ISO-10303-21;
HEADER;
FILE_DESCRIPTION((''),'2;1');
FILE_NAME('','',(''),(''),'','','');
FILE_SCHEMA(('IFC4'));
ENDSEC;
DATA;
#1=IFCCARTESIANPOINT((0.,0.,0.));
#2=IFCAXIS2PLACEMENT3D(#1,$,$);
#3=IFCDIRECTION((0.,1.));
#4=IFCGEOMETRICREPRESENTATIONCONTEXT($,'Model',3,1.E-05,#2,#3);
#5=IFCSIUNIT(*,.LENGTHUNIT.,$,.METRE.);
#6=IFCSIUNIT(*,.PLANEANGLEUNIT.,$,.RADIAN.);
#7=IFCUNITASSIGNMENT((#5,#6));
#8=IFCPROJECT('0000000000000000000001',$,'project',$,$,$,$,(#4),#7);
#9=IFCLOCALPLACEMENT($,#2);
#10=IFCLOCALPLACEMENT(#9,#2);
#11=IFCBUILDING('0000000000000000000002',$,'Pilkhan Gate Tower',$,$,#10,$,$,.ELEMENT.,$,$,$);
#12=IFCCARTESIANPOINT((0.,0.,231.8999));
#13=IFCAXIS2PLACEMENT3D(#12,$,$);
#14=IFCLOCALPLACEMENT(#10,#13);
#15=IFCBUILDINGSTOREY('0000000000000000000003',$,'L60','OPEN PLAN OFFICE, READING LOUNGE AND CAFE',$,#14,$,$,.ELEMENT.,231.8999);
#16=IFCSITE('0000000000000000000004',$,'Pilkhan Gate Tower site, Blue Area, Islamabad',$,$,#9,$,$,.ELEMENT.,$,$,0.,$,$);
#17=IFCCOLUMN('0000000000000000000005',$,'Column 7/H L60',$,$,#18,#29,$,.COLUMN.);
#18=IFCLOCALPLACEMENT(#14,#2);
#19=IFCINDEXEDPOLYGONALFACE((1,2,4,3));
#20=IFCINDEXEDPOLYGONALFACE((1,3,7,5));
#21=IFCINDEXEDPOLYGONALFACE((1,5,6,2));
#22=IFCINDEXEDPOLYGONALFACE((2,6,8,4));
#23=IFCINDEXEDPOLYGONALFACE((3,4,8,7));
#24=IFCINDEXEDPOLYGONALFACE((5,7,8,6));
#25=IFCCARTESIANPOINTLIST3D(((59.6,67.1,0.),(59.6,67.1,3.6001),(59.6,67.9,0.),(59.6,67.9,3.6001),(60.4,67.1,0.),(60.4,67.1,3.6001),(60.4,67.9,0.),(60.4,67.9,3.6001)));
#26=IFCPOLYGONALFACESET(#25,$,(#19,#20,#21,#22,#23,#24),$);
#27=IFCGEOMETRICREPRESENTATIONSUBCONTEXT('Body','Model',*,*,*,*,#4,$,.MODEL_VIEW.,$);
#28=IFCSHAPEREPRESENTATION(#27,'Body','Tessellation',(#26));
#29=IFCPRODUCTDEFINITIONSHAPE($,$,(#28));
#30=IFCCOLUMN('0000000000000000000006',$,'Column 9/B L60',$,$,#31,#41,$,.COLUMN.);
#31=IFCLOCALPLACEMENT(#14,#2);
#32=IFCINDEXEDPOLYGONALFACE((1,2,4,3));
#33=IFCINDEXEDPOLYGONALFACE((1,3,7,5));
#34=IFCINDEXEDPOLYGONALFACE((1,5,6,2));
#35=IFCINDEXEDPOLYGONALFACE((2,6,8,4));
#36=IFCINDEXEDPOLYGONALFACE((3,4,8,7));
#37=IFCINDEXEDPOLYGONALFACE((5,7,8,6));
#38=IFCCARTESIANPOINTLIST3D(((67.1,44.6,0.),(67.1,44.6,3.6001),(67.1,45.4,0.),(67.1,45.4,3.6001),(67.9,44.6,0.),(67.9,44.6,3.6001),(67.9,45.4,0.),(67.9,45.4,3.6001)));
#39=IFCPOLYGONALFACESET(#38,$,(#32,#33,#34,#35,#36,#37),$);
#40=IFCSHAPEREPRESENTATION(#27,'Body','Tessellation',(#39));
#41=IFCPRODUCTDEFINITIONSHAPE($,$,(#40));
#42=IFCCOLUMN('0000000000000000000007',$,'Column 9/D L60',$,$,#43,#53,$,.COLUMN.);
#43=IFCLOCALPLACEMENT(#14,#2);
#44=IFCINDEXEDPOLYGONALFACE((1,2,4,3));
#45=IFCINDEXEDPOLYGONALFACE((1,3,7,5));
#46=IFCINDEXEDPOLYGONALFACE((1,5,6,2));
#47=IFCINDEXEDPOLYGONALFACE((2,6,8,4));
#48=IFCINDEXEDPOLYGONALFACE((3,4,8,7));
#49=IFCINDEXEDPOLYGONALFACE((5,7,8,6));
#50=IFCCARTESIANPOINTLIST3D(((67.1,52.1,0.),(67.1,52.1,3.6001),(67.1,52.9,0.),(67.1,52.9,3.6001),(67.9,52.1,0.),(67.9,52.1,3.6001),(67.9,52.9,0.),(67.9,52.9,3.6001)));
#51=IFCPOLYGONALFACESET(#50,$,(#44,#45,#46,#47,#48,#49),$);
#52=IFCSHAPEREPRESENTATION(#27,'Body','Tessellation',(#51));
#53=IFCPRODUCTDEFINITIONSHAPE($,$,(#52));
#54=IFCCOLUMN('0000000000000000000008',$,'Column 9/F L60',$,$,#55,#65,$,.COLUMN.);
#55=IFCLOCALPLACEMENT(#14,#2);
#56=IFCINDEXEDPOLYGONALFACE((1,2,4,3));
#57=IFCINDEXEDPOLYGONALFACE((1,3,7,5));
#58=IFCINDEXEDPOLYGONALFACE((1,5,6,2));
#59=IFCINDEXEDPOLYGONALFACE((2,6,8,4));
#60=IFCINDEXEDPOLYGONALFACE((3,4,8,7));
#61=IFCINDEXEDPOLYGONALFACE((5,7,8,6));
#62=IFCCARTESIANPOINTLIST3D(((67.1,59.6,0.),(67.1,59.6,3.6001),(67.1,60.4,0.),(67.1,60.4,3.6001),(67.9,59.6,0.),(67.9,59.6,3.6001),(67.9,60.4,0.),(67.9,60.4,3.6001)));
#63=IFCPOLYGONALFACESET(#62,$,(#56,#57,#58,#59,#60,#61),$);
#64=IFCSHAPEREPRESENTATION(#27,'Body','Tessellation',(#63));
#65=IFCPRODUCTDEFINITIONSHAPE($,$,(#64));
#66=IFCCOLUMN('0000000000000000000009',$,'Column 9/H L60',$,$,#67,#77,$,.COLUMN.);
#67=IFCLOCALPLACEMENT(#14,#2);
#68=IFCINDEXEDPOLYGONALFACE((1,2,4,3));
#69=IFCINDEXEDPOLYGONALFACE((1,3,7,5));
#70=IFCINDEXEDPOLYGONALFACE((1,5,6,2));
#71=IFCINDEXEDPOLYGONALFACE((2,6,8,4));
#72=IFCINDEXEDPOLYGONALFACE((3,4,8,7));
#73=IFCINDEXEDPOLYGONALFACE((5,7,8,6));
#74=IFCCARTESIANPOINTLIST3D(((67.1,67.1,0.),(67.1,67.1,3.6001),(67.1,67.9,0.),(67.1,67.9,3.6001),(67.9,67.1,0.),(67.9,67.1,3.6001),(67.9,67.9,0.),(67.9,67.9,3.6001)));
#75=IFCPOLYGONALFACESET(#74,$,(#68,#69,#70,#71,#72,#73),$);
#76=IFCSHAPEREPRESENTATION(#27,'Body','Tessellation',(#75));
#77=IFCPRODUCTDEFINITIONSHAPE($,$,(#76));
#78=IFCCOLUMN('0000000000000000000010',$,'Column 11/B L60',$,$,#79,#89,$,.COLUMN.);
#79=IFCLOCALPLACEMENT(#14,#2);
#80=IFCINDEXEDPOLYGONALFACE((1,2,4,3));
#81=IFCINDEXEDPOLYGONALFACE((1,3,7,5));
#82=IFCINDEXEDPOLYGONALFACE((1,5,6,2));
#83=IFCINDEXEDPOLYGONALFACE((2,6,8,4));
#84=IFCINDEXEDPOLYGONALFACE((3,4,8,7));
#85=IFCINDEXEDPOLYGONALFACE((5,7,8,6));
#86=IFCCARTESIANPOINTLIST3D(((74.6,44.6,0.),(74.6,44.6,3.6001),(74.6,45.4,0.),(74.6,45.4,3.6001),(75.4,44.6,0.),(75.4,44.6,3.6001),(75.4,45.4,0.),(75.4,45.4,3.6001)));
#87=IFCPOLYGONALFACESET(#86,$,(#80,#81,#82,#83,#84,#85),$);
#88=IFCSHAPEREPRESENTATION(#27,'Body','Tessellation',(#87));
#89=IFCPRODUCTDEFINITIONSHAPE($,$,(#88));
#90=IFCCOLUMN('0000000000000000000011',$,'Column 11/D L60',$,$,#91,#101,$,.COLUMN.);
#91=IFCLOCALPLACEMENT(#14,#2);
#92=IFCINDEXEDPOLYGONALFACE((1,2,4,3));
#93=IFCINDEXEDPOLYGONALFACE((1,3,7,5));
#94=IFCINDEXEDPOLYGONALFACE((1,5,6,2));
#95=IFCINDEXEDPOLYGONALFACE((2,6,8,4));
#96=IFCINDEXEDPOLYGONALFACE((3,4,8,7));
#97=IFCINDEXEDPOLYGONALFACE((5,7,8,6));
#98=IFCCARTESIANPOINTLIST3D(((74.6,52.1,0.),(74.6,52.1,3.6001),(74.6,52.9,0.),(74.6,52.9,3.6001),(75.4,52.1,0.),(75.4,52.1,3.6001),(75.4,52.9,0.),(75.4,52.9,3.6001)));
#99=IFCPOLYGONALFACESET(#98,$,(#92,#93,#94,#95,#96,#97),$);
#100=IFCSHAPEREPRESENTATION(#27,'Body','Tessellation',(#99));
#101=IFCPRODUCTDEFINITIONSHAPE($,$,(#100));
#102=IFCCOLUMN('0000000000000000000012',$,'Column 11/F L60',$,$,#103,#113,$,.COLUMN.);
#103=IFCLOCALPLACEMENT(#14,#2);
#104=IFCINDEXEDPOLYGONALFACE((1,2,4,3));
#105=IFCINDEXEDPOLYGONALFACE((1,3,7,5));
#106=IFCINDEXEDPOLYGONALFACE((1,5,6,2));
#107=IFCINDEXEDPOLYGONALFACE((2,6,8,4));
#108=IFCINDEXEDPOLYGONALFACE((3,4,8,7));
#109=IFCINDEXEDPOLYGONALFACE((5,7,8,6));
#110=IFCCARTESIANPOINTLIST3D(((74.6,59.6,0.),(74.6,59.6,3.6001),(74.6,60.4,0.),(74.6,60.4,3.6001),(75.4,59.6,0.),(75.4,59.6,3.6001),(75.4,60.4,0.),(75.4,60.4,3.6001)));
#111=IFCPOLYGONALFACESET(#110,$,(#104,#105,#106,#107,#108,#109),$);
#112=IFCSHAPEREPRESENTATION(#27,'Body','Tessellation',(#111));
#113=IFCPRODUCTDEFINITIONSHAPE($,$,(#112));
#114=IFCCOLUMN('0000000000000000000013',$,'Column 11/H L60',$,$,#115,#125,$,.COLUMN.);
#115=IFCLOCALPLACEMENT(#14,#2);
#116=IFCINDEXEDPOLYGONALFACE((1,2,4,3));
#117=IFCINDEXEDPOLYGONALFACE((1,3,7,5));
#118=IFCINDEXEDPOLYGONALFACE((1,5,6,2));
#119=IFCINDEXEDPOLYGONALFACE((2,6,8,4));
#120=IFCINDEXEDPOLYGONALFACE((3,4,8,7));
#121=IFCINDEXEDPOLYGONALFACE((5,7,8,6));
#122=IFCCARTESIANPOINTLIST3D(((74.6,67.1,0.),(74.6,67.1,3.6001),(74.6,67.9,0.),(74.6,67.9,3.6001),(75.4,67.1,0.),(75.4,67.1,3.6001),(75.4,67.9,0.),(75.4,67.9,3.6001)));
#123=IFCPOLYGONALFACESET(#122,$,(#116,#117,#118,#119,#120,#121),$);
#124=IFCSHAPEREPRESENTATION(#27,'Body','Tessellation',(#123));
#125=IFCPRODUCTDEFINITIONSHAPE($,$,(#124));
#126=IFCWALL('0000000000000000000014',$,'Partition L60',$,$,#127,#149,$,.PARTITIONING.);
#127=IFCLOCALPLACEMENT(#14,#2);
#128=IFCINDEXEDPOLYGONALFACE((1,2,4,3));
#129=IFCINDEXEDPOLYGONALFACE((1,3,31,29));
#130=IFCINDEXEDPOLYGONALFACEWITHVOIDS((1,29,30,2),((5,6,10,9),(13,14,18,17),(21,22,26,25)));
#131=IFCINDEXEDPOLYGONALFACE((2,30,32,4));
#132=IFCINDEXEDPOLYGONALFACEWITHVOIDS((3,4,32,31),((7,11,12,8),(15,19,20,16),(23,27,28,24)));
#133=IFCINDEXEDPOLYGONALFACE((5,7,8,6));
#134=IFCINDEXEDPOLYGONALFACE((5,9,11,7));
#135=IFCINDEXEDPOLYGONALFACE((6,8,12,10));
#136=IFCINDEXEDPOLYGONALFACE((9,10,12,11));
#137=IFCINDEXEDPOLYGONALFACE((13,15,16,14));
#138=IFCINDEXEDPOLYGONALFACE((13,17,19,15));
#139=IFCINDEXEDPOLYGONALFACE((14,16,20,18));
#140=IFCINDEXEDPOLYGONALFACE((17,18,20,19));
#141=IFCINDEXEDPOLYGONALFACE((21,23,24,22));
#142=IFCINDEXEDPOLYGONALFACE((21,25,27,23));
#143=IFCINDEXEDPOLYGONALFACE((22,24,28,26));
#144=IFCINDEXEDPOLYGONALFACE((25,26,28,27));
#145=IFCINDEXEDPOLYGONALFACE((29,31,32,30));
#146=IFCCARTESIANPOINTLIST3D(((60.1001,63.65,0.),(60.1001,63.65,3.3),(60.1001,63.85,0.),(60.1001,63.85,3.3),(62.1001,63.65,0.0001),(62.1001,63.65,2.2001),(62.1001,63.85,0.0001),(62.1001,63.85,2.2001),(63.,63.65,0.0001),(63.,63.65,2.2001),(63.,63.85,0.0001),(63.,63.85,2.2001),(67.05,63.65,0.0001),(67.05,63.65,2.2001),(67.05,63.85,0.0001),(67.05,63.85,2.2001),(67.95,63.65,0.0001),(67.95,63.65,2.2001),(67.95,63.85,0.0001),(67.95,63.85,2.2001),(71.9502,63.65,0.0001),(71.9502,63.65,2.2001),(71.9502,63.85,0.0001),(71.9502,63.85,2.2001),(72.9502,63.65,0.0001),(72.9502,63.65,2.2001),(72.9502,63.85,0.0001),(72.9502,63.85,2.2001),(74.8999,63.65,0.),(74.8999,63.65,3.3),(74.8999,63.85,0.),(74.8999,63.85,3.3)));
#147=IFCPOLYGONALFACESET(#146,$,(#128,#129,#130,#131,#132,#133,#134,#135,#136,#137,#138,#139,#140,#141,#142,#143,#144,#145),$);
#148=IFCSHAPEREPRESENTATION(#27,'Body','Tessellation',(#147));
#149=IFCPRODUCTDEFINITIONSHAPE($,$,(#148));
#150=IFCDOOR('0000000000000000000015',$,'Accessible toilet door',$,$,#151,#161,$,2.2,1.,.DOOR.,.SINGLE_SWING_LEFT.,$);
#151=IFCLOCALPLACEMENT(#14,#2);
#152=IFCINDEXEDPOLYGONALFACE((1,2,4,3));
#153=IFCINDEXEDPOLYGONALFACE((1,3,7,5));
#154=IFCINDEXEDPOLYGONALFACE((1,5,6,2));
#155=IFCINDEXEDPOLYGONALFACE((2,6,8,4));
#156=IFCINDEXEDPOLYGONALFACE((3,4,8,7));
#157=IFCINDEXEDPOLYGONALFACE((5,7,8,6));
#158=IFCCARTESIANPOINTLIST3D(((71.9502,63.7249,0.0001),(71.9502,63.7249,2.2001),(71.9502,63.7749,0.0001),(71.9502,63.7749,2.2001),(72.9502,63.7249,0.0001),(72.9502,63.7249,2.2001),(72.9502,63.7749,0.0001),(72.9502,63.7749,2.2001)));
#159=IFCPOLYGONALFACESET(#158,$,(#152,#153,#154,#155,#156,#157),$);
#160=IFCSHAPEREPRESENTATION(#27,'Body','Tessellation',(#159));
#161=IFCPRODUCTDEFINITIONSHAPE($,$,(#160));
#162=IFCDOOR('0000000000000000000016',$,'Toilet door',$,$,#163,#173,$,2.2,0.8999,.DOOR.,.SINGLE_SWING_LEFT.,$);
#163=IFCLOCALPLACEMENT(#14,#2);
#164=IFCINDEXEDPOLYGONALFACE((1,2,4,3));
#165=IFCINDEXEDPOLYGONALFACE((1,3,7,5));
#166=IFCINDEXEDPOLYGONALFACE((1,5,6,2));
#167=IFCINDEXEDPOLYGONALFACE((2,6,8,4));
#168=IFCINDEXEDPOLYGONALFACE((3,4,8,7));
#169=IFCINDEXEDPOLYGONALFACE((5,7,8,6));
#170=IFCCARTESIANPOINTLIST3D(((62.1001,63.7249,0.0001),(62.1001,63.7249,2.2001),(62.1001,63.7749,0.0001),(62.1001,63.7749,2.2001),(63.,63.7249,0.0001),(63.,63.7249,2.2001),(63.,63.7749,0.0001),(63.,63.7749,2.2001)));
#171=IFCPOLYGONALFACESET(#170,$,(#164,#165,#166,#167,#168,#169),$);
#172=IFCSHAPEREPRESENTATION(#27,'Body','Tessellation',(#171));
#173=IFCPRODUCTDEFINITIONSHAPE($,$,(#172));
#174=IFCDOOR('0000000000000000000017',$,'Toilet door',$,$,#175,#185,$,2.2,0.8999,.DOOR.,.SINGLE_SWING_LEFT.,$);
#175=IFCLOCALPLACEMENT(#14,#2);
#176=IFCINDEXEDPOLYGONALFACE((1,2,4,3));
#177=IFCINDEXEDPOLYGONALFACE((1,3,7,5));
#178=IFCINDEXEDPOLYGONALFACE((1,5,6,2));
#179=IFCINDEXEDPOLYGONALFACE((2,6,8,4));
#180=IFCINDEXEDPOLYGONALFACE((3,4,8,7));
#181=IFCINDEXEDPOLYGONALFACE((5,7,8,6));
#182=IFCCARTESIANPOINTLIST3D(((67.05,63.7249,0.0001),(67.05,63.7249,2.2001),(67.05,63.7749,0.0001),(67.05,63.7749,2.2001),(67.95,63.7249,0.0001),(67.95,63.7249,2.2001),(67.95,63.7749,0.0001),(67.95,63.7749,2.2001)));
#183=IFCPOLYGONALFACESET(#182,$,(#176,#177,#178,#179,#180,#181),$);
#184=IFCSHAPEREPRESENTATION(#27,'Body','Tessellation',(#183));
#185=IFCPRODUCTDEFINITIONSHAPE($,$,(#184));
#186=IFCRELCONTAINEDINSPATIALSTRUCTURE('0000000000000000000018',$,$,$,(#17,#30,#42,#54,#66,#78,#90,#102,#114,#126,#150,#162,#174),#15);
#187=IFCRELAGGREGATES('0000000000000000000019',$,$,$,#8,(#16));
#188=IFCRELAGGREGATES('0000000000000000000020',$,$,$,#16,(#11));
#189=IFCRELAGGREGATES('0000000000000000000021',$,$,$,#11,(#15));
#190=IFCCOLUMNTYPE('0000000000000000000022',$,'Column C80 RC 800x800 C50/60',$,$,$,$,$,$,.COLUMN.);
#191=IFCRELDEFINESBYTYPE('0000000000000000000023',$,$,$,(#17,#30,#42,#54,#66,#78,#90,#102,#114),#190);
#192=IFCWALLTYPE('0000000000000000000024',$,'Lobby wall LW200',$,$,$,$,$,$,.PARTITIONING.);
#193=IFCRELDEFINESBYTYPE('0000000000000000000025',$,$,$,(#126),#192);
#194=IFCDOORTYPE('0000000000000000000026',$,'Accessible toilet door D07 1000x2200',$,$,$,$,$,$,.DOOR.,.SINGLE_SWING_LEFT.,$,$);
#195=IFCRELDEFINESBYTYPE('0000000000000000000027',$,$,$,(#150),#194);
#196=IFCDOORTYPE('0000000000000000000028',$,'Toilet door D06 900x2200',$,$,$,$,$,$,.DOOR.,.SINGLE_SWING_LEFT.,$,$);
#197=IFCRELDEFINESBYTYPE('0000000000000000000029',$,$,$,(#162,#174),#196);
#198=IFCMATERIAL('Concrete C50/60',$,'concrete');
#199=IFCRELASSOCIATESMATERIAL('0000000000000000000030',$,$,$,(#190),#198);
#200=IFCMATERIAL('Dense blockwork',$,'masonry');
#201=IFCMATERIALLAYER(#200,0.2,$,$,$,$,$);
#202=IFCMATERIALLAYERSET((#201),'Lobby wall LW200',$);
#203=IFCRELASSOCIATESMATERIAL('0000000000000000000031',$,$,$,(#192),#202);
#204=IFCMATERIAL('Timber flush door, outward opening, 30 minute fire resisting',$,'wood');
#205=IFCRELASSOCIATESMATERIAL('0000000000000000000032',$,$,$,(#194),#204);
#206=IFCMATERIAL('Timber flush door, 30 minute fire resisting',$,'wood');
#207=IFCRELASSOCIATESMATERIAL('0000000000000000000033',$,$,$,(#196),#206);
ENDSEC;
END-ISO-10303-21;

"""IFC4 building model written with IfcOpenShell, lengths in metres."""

from ifc_helpers import new_model, si_unit, direction, frame, frame_2d, origin, origin_2d, place, context, subcontext, project, spatial, rectangle, extrude, material, layer, layer_set, material_profile, profile_set, type_object, element, fill, save


model = new_model("IFC4")

# Units and contexts
model_context = context("Model", 3, precision=1e-05, world=origin(), true_north=direction((0.0, 1.0)))
body_context = subcontext(model_context, "Body", "Model", "MODEL_VIEW")
ifc_project = project(units=[si_unit("LENGTHUNIT", "METRE"), si_unit("PLANEANGLEUNIT", "RADIAN")], contexts=[model_context])

# Site, building, storey
site_placement = place(None, origin())
site = spatial("IfcSite", under=ifc_project, at=site_placement, Name="Pilkhan Gate Tower site, Blue Area, Islamabad", CompositionType="ELEMENT", RefElevation=0.0)
building_placement = place(site_placement, origin())
building = spatial("IfcBuilding", under=site, at=building_placement, Name="Pilkhan Gate Tower", CompositionType="ELEMENT")
storey_placement = place(building_placement, frame((0.0, 0.0, 231.8999)))
storey = spatial("IfcBuildingStorey", under=building, at=storey_placement, Name="L60", Description="OPEN PLAN OFFICE, READING LOUNGE AND CAFE", CompositionType="ELEMENT", Elevation=231.8999)

# Columns
ifc_material_1 = material(Name="Concrete C50/60", Category="concrete")
ifc_material_profile = material_profile(ifc_material_1, rectangle(XDim=0.8, YDim=0.8, at=origin_2d()), Name="RC 800x800")
ifc_profile_set = profile_set([ifc_material_profile], Name="Concrete C50/60")
column_type = type_object("IfcColumnType", Name="Column C80 RC 800x800 C50/60", PredefinedType="COLUMN", material=ifc_profile_set)
for number, where, z_axis, x_axis, name in (
    (1, (60.0, 67.5, 0.0), (0.0, 0.0, 1.0), (1.0, 0.0, 0.0), "Column 7/H L60"),
    (2, (67.5, 45.0, 0.0), (0.0, 0.0, 1.0), (1.0, 0.0, 0.0), "Column 9/B L60"),
    (3, (67.5, 52.5, 0.0), (0.0, 0.0, 1.0), (1.0, 0.0, 0.0), "Column 9/D L60"),
    (4, (67.5, 60.0, 0.0), (0.0, 0.0, 1.0), (1.0, 0.0, 0.0), "Column 9/F L60"),
    (5, (67.5, 67.5, 0.0), (0.0, 0.0, 1.0), (1.0, 0.0, 0.0), "Column 9/H L60"),
    (6, (75.0, 45.0, 0.0), (0.0, 0.0, 1.0), (1.0, 0.0, 0.0), "Column 11/B L60"),
    (7, (75.0, 52.5, 0.0), (0.0, 0.0, 1.0), (1.0, 0.0, 0.0), "Column 11/D L60"),
    (8, (75.0, 60.0, 0.0), (0.0, 0.0, 1.0), (1.0, 0.0, 0.0), "Column 11/F L60"),
    (9, (75.0, 67.5, 0.0), (0.0, 0.0, 1.0), (1.0, 0.0, 0.0), "Column 11/H L60"),
):
    element("IfcColumn", number, at=place(storey_placement, frame(where, z_axis=z_axis, x_axis=x_axis)), inside=storey, type_object=column_type, Name=name, PredefinedType="COLUMN", context=body_context, shape_type="SweptSolid", body=[
        extrude(rectangle(XDim=0.8, YDim=0.8, at=origin_2d()), origin(), (0.0, 0.0, 1.0), 3.6001),
    ])

# Wall, openings, doors
ifc_material_2 = material(Name="Dense blockwork", Category="masonry")
ifc_layer_1 = layer(ifc_material_2, 0.2)
ifc_layer_set_1 = layer_set([ifc_layer_1], Name="Lobby wall LW200")
wall_type_1 = type_object("IfcWallType", Name="Lobby wall LW200", PredefinedType="PARTITIONING", material=ifc_layer_set_1)
wall_1_placement = place(storey_placement, frame((60.1001, 63.75, 0.0), z_axis=(0.0, 0.0, 1.0), x_axis=(1.0, 0.0, 0.0)))
wall_1 = element("IfcWall", 10, at=wall_1_placement, inside=storey, type_object=wall_type_1, Name="Partition L60", PredefinedType="PARTITIONING", context=body_context, shape_type="SweptSolid", body=[
    extrude(rectangle(XDim=14.7998, YDim=0.2, at=frame_2d((7.3999, 0.0))), origin(), (0.0, 0.0, 1.0), 3.3),
])
opening_1_placement = place(wall_1_placement, frame((2.0, 0.0, 0.0)))
opening_1 = element("IfcOpeningElement", 11, at=opening_1_placement, cuts=wall_1, PredefinedType="OPENING", context=body_context, shape_type="SweptSolid", body=[
    extrude(rectangle(XDim=0.8999, YDim=2.2, at=frame_2d((0.45, 1.1001))), frame((0.0, 0.1099, 0.0), z_axis=(0.0, -1.0, 0.0), x_axis=(1.0, 0.0, 0.0)), (0.0, 0.0, 1.0), 0.22),
])
opening_2_placement = place(wall_1_placement, frame((6.95, 0.0, 0.0)))
opening_2 = element("IfcOpeningElement", 12, at=opening_2_placement, cuts=wall_1, PredefinedType="OPENING", context=body_context, shape_type="SweptSolid", body=[
    extrude(rectangle(XDim=0.8999, YDim=2.2, at=frame_2d((0.45, 1.1001))), frame((0.0, 0.1099, 0.0), z_axis=(0.0, -1.0, 0.0), x_axis=(1.0, 0.0, 0.0)), (0.0, 0.0, 1.0), 0.22),
])
opening_3_placement = place(wall_1_placement, frame((11.8501, 0.0, 0.0)))
opening_3 = element("IfcOpeningElement", 13, at=opening_3_placement, cuts=wall_1, PredefinedType="OPENING", context=body_context, shape_type="SweptSolid", body=[
    extrude(rectangle(XDim=1.0, YDim=2.2, at=frame_2d((0.5, 1.1001))), frame((0.0, 0.1099, 0.0), z_axis=(0.0, -1.0, 0.0), x_axis=(1.0, 0.0, 0.0)), (0.0, 0.0, 1.0), 0.22),
])
ifc_material_3 = material(Name="Timber flush door, outward opening, 30 minute fire resisting", Category="wood")
door_type_1 = type_object("IfcDoorType", Name="Accessible toilet door D07 1000x2200", OperationType="SINGLE_SWING_LEFT", PredefinedType="DOOR", material=ifc_material_3)
door_1_placement = place(opening_3_placement, origin())
door_1 = element("IfcDoor", 14, at=door_1_placement, inside=storey, type_object=door_type_1, Name="Accessible toilet door", OperationType="SINGLE_SWING_LEFT", OverallHeight=2.2, OverallWidth=1.0, PredefinedType="DOOR", context=body_context, shape_type="SweptSolid", body=[
    extrude(rectangle(XDim=1.0, YDim=2.2, at=frame_2d((0.5, 1.1001))), frame((0.0, 0.0249, 0.0), z_axis=(0.0, -1.0, 0.0), x_axis=(1.0, 0.0, 0.0)), (0.0, 0.0, 1.0), 0.05),
])
fill(opening_3, door_1)
ifc_material_4 = material(Name="Timber flush door, 30 minute fire resisting", Category="wood")
door_type_2 = type_object("IfcDoorType", Name="Toilet door D06 900x2200", OperationType="SINGLE_SWING_LEFT", PredefinedType="DOOR", material=ifc_material_4)
door_2_placement = place(opening_1_placement, origin())
door_2 = element("IfcDoor", 15, at=door_2_placement, inside=storey, type_object=door_type_2, Name="Toilet door", OperationType="SINGLE_SWING_LEFT", OverallHeight=2.2, OverallWidth=0.8999, PredefinedType="DOOR", context=body_context, shape_type="SweptSolid", body=[
    extrude(rectangle(XDim=0.8999, YDim=2.2, at=frame_2d((0.45, 1.1001))), frame((0.0, 0.0249, 0.0), z_axis=(0.0, -1.0, 0.0), x_axis=(1.0, 0.0, 0.0)), (0.0, 0.0, 1.0), 0.05),
])
fill(opening_1, door_2)
door_3_placement = place(opening_2_placement, origin())
door_3 = element("IfcDoor", 16, at=door_3_placement, inside=storey, type_object=door_type_2, Name="Toilet door", OperationType="SINGLE_SWING_LEFT", OverallHeight=2.2, OverallWidth=0.8999, PredefinedType="DOOR", context=body_context, shape_type="SweptSolid", body=[
    extrude(rectangle(XDim=0.8999, YDim=2.2, at=frame_2d((0.45, 1.1001))), frame((0.0, 0.0249, 0.0), z_axis=(0.0, -1.0, 0.0), x_axis=(1.0, 0.0, 0.0)), (0.0, 0.0, 1.0), 0.05),
])
fill(opening_2, door_3)

save(model, "model.ifc")
